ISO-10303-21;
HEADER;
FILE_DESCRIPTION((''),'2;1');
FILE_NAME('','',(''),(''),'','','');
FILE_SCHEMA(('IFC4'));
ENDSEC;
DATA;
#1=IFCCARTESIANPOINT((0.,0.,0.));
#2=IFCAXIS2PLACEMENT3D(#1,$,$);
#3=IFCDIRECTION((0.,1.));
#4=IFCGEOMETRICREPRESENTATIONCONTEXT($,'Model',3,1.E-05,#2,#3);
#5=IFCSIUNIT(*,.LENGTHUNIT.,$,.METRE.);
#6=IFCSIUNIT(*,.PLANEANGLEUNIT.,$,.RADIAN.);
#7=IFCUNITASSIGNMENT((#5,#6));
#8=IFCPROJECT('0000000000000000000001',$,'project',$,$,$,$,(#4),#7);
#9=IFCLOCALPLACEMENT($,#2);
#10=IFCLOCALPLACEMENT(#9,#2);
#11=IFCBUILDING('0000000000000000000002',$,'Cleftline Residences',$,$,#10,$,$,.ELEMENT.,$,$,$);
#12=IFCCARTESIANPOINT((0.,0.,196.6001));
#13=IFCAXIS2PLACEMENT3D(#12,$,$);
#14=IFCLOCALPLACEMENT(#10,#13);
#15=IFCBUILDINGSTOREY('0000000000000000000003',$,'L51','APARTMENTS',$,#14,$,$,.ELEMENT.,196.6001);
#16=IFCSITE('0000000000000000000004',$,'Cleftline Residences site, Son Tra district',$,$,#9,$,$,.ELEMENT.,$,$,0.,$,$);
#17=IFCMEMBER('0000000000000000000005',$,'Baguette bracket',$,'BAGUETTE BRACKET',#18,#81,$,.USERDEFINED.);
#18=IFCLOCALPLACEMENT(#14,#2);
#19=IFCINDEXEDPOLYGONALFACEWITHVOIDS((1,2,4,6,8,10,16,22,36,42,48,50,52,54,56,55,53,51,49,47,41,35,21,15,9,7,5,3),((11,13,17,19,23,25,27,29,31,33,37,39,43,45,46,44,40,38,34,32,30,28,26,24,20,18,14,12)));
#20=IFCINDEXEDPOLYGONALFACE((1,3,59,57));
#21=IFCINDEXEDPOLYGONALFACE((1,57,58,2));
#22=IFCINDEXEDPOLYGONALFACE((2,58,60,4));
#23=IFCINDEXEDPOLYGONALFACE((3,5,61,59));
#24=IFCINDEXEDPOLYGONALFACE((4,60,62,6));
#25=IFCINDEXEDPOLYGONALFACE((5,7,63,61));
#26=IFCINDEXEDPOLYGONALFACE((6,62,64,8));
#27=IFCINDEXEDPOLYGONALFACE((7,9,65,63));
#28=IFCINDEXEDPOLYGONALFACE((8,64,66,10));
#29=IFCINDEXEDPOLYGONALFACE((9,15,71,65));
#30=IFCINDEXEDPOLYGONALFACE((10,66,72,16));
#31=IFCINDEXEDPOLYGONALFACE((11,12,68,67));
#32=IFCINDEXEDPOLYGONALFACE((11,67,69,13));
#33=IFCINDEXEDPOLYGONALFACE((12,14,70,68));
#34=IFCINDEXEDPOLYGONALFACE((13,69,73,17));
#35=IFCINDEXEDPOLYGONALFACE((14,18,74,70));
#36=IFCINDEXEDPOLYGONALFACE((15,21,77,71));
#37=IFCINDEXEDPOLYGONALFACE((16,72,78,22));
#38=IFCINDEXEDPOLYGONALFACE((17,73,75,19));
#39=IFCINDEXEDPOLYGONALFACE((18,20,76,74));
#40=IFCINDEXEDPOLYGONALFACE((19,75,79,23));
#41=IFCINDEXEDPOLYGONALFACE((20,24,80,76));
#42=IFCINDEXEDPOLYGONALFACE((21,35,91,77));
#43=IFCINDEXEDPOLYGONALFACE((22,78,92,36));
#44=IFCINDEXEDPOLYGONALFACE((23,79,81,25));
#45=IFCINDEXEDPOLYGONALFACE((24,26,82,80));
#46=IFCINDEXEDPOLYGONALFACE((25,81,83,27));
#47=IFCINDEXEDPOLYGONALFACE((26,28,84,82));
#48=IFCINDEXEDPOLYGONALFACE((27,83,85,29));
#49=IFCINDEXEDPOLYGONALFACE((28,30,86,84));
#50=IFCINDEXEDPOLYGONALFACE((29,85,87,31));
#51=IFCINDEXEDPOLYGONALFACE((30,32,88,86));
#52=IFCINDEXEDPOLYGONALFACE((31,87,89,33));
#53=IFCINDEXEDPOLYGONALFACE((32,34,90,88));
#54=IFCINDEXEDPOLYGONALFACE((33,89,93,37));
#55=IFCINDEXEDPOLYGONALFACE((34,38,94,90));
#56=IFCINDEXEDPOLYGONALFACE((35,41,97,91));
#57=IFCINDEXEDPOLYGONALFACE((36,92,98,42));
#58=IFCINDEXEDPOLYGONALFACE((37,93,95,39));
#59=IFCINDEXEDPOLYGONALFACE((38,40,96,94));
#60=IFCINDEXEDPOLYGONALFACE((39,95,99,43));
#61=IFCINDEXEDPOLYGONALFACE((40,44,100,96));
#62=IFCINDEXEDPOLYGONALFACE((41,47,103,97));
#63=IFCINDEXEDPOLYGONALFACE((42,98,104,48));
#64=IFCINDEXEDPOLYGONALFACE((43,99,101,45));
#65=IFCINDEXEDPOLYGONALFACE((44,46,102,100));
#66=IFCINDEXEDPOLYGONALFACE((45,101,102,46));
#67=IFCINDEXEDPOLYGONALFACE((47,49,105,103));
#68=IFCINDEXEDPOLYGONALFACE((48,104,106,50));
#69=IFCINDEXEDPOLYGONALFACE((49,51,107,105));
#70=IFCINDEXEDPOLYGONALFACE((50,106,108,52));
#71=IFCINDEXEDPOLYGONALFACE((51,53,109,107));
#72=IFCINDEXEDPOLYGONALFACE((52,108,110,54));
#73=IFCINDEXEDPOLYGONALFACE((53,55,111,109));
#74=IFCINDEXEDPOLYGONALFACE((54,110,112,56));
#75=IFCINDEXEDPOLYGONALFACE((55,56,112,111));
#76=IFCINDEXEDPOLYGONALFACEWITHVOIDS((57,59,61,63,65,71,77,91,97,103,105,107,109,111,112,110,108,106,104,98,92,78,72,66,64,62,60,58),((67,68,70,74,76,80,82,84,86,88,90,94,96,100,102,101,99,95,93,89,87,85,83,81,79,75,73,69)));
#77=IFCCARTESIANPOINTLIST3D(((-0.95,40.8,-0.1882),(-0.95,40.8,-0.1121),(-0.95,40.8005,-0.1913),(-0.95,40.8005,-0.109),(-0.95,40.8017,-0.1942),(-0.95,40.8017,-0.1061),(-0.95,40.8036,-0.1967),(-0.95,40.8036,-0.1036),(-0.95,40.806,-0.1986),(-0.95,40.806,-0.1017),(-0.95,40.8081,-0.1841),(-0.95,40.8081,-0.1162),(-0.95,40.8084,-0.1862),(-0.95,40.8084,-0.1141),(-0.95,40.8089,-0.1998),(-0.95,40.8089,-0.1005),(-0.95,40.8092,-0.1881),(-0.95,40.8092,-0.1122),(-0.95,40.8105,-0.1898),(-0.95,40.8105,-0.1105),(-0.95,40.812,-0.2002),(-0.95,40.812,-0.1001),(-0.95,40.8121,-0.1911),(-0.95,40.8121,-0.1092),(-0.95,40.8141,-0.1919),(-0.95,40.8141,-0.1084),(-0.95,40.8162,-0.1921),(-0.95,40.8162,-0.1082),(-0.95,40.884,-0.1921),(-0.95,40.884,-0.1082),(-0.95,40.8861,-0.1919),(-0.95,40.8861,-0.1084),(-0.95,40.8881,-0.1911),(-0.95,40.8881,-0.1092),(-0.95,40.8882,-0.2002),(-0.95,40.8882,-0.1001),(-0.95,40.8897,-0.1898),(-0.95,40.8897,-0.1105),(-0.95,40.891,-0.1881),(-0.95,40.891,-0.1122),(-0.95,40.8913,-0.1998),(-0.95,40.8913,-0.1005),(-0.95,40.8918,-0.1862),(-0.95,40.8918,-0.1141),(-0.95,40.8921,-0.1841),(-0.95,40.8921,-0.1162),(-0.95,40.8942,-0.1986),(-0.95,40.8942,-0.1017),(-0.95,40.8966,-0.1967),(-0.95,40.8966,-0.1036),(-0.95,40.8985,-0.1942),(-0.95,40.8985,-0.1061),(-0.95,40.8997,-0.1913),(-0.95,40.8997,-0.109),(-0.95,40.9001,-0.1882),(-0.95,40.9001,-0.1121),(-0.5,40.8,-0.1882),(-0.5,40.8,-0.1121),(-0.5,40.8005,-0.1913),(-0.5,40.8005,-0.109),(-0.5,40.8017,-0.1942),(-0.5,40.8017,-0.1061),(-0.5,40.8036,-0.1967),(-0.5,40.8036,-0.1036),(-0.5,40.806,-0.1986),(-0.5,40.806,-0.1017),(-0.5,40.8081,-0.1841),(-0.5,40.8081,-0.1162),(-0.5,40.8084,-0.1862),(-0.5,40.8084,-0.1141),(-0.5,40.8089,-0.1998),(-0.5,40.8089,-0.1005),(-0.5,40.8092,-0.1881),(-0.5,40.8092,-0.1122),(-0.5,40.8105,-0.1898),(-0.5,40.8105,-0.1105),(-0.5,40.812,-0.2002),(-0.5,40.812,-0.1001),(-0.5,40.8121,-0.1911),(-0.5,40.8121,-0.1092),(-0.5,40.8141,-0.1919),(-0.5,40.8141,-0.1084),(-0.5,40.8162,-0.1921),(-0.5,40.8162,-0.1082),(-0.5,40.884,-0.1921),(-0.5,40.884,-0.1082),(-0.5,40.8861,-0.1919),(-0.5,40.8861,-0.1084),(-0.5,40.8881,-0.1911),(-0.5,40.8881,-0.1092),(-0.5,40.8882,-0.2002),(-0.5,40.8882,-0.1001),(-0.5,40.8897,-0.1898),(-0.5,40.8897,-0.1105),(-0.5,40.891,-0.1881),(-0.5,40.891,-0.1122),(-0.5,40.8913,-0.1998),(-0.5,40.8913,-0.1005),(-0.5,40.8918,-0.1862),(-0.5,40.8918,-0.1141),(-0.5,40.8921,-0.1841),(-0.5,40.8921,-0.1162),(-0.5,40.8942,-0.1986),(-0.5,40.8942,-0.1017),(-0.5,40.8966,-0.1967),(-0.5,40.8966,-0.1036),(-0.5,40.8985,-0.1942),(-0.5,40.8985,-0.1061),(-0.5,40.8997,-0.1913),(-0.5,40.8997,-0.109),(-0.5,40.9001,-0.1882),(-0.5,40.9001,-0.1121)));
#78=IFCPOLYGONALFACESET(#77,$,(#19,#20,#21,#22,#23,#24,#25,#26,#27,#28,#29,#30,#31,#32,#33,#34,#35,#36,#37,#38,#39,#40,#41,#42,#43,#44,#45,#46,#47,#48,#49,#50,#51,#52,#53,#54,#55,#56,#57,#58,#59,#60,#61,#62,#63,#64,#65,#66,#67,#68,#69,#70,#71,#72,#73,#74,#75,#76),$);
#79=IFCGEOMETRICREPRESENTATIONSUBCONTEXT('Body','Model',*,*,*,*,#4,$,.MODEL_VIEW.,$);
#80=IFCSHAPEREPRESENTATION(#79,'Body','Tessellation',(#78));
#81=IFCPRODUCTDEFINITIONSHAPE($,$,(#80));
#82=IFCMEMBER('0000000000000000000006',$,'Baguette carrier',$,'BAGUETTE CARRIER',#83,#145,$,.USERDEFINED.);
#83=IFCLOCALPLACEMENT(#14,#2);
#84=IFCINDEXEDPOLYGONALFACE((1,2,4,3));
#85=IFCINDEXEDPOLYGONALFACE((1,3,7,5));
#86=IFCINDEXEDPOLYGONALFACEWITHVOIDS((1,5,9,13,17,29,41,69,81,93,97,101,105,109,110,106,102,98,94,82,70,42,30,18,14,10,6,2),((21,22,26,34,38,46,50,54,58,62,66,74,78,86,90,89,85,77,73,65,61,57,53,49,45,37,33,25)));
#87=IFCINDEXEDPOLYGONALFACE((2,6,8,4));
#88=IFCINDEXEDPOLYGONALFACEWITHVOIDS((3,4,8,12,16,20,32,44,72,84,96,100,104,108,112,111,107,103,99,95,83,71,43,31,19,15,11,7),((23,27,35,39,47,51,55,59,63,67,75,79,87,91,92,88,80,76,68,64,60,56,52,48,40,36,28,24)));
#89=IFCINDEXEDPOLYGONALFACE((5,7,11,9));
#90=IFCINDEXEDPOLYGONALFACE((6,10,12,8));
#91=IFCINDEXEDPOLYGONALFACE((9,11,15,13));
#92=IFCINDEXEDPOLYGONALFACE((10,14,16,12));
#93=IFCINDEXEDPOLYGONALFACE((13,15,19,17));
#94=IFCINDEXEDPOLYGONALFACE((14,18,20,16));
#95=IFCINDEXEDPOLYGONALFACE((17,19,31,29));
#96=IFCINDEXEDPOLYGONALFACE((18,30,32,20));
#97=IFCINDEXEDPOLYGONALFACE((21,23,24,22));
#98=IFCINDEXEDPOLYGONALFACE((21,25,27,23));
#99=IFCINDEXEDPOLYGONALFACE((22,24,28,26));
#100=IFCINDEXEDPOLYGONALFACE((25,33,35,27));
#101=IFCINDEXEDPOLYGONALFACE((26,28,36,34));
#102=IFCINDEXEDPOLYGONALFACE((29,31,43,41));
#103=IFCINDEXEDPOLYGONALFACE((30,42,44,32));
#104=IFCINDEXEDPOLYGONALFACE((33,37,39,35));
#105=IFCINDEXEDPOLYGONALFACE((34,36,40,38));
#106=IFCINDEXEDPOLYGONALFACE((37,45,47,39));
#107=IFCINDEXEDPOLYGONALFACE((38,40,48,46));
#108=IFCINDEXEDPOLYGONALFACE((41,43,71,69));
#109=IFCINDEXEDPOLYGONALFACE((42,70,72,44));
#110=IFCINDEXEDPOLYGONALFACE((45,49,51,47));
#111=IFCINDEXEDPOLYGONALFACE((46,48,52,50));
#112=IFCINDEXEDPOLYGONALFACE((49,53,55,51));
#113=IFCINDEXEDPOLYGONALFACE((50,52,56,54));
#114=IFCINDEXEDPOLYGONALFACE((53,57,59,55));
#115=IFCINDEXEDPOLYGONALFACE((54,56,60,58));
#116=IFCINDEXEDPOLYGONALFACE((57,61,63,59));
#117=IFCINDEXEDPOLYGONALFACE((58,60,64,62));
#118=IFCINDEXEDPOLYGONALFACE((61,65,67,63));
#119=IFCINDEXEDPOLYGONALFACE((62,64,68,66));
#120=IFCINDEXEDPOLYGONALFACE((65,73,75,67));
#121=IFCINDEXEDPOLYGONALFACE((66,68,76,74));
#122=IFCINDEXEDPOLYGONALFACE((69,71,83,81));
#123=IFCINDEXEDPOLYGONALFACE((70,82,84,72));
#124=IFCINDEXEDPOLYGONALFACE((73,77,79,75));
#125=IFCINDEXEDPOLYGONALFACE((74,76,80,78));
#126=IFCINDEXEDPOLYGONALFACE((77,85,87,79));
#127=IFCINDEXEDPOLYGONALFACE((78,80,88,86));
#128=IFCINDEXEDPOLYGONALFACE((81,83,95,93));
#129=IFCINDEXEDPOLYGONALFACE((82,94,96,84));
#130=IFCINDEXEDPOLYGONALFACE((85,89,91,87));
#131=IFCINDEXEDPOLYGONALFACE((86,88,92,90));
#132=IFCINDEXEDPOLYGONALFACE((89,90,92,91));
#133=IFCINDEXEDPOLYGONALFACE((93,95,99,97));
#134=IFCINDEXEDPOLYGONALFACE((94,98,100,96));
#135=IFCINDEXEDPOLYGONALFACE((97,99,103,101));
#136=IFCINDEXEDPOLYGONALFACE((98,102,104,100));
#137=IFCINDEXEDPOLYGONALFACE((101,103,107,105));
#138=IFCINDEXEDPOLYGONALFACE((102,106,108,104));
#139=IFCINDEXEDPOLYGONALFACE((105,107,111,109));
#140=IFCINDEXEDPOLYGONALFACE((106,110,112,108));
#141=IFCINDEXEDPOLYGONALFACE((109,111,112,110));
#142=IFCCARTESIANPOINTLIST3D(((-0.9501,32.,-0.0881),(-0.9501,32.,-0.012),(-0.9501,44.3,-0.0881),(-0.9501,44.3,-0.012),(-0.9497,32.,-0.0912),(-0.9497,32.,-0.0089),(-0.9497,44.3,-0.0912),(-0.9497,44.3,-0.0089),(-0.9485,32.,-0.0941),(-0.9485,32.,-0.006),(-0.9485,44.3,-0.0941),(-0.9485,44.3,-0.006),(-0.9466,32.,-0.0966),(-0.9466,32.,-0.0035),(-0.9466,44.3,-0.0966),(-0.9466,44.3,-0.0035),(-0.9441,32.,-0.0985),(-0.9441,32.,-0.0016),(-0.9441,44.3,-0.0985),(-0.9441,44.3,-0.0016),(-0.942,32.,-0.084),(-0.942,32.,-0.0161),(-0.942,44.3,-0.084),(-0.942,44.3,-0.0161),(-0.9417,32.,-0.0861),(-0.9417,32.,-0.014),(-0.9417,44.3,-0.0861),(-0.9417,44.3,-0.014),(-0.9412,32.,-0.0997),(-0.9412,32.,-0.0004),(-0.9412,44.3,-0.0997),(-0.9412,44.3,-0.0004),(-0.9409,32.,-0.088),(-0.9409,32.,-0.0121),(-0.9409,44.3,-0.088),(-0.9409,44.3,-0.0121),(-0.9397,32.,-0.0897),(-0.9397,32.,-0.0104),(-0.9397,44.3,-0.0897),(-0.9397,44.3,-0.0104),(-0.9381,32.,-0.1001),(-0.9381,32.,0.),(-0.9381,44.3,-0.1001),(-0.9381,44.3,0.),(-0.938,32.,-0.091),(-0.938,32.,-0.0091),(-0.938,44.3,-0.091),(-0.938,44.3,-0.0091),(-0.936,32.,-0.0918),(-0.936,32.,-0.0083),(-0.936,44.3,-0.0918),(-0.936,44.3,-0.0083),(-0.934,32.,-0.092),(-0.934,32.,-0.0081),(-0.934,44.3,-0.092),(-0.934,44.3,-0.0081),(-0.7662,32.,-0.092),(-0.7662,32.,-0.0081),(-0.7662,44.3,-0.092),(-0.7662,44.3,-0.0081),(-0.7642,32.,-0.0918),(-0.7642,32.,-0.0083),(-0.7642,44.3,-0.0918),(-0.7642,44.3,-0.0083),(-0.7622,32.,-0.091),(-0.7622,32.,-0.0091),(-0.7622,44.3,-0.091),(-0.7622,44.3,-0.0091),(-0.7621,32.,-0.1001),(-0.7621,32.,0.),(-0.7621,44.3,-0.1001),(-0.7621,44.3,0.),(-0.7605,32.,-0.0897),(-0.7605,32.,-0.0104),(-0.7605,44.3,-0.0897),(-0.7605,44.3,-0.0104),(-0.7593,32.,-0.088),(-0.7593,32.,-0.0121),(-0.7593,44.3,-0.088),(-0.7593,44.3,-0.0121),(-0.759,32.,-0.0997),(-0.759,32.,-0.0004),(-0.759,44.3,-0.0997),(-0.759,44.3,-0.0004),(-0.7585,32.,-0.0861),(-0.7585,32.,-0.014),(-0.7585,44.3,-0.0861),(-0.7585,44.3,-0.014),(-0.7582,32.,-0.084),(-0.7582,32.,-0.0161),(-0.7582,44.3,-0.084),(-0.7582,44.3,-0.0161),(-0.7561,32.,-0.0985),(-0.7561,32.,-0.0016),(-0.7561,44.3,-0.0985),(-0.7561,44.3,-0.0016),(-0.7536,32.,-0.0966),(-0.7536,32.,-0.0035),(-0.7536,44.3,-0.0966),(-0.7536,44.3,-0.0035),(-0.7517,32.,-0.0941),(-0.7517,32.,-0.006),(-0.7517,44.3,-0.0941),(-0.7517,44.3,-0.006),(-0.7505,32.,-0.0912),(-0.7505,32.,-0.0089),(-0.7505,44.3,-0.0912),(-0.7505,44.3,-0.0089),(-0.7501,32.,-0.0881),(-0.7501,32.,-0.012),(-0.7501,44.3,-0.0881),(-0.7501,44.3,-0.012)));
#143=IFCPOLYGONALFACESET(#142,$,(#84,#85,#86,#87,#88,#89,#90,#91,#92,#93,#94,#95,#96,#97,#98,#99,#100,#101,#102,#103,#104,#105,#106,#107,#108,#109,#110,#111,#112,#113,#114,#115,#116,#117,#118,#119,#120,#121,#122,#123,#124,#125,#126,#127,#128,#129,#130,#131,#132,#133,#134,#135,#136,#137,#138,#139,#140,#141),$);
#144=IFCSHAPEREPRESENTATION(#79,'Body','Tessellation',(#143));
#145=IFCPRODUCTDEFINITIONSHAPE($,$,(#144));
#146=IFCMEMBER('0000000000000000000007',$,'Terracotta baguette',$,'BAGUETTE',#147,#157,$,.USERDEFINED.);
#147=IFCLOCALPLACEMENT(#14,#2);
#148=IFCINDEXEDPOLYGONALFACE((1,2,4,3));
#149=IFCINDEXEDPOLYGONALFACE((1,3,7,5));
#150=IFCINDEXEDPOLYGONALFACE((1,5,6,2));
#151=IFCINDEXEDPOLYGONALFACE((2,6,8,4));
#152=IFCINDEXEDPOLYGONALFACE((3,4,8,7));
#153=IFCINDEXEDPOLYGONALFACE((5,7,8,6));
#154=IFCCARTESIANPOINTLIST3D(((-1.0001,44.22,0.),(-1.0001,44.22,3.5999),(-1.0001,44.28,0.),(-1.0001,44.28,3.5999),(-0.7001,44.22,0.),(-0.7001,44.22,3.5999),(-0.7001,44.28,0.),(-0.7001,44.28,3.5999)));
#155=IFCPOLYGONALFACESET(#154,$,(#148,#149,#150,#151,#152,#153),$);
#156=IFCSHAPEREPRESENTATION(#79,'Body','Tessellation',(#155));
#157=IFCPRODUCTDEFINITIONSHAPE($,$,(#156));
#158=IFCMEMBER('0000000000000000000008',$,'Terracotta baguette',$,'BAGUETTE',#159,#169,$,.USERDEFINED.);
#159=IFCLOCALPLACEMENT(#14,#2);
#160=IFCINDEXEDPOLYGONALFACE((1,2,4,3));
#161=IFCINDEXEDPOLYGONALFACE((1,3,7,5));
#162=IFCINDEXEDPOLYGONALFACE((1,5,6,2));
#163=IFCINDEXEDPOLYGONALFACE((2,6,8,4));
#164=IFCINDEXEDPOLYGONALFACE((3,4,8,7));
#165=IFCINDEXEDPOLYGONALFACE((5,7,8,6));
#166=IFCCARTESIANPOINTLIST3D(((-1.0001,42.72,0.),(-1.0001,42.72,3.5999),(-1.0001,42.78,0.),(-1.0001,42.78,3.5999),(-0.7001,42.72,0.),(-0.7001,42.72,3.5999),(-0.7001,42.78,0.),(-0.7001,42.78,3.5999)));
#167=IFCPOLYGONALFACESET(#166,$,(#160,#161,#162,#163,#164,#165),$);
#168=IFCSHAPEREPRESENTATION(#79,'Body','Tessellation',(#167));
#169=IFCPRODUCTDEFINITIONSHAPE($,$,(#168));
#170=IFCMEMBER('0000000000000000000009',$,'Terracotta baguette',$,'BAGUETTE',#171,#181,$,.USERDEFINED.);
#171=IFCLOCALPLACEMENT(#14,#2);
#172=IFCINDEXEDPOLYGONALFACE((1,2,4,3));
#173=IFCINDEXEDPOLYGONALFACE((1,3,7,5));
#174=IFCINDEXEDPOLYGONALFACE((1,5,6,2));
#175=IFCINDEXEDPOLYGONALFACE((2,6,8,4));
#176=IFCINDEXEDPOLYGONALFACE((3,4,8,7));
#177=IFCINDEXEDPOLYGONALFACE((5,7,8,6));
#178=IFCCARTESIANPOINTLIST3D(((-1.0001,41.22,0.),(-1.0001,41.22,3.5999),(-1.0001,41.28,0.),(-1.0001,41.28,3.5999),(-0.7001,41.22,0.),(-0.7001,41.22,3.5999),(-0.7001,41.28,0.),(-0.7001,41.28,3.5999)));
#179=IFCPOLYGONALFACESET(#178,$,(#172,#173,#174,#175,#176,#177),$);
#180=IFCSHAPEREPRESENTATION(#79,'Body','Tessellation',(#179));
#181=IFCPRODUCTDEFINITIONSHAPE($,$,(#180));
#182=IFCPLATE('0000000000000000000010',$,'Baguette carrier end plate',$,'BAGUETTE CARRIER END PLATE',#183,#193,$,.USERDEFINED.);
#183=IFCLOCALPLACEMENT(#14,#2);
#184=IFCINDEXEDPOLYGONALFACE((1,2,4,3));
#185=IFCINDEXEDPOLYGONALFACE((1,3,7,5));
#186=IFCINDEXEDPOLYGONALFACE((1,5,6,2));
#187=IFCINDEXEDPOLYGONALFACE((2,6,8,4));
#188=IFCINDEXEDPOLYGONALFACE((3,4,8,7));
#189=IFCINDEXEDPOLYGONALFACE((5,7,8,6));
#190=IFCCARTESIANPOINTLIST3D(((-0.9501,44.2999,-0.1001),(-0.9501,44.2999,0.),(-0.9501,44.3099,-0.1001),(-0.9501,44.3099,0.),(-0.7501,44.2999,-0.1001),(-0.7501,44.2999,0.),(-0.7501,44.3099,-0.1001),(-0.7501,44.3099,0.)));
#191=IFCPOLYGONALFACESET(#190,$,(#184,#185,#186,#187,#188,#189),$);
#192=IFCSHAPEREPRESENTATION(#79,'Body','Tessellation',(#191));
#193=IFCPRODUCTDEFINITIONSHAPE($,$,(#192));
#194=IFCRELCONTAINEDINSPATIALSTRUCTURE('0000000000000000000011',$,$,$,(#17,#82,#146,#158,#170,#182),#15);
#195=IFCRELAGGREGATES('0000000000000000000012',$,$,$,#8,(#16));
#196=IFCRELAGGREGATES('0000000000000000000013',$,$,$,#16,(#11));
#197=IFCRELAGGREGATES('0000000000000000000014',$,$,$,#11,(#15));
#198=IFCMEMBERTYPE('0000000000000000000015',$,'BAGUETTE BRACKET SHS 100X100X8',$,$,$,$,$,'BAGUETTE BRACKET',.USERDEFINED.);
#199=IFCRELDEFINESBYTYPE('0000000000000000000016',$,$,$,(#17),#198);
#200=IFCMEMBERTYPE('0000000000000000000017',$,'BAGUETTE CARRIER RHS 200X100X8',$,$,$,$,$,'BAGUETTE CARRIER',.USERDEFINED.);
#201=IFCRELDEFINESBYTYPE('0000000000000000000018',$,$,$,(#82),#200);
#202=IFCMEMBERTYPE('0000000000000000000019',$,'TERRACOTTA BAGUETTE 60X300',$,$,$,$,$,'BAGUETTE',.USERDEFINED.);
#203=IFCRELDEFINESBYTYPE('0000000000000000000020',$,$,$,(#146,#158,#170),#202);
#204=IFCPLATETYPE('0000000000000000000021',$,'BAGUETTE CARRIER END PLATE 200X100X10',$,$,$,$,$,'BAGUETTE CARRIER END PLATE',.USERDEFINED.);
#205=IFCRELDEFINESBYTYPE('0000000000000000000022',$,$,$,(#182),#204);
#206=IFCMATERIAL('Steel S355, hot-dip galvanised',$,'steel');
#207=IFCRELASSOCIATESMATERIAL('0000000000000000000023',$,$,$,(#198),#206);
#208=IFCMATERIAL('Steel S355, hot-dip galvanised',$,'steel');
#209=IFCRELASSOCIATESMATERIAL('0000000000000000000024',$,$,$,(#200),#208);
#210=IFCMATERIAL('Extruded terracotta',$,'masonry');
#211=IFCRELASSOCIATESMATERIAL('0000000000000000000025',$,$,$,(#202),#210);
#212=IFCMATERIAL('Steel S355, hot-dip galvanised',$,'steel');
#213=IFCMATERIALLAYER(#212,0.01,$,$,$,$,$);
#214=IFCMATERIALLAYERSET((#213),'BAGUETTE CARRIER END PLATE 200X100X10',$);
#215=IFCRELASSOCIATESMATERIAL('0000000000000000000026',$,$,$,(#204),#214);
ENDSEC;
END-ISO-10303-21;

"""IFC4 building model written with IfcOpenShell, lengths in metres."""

from ifc_helpers import new_model, si_unit, direction, frame, origin, origin_2d, place, context, subcontext, project, spatial, rectangle, hollow_rectangle, extrude, material, layer, layer_set, material_profile, profile_set, type_object, element, save


model = new_model("IFC4")

# Units and contexts
model_context = context("Model", 3, precision=1e-05, world=origin(), true_north=direction((0.0, 1.0)))
body_context = subcontext(model_context, "Body", "Model", "MODEL_VIEW")
ifc_project = project(units=[si_unit("LENGTHUNIT", "METRE"), si_unit("PLANEANGLEUNIT", "RADIAN")], contexts=[model_context])

# Site, building, storey
site_placement = place(None, origin())
site = spatial("IfcSite", under=ifc_project, at=site_placement, Name="Cleftline Residences site, Son Tra district", CompositionType="ELEMENT", RefElevation=0.0)
building_placement = place(site_placement, origin())
building = spatial("IfcBuilding", under=site, at=building_placement, Name="Cleftline Residences", CompositionType="ELEMENT")
storey_placement = place(building_placement, frame((0.0, 0.0, 196.6001)))
storey = spatial("IfcBuildingStorey", under=building, at=storey_placement, Name="L51", Description="APARTMENTS", CompositionType="ELEMENT", Elevation=196.6001)

# Members
ifc_material_1 = material(Name="Steel S355, hot-dip galvanised", Category="steel")
ifc_material_profile_1 = material_profile(ifc_material_1, hollow_rectangle(XDim=0.1001, YDim=0.1001, WallThickness=0.0081, InnerFilletRadius=0.0081, OuterFilletRadius=0.012, at=origin_2d()))
ifc_profile_set_1 = profile_set([ifc_material_profile_1], Name="Steel S355, hot-dip galvanised")
member_type_1 = type_object("IfcMemberType", Name="BAGUETTE BRACKET SHS 100X100X8", ElementType="BAGUETTE BRACKET", PredefinedType="USERDEFINED", material=ifc_profile_set_1)
member_1_placement = place(storey_placement, frame((-0.5, 40.8501, -0.1501), z_axis=(-1.0, 0.0, 0.0), x_axis=(0.0, -1.0, 0.0)))
element("IfcMember", 1, at=member_1_placement, inside=storey, type_object=member_type_1, Name="Baguette bracket", ObjectType="BAGUETTE BRACKET", PredefinedType="USERDEFINED", context=body_context, shape_type="SweptSolid", body=[
    extrude(hollow_rectangle(XDim=0.1001, YDim=0.1001, WallThickness=0.0081, InnerFilletRadius=0.0081, OuterFilletRadius=0.012, at=origin_2d()), origin(), (0.0, 0.0, 1.0), 0.45),
])
ifc_material_2 = material(Name="Steel S355, hot-dip galvanised", Category="steel")
ifc_material_profile_2 = material_profile(ifc_material_2, hollow_rectangle(XDim=0.1001, YDim=0.2, WallThickness=0.0081, InnerFilletRadius=0.0081, OuterFilletRadius=0.012, at=origin_2d()))
ifc_profile_set_2 = profile_set([ifc_material_profile_2], Name="Steel S355, hot-dip galvanised")
member_type_2 = type_object("IfcMemberType", Name="BAGUETTE CARRIER RHS 200X100X8", ElementType="BAGUETTE CARRIER", PredefinedType="USERDEFINED", material=ifc_profile_set_2)
member_2_placement = place(storey_placement, frame((-0.8501, 44.3, -0.05), z_axis=(0.0, -1.0, 0.0), x_axis=(0.0, 0.0, 1.0)))
element("IfcMember", 2, at=member_2_placement, inside=storey, type_object=member_type_2, Name="Baguette carrier", ObjectType="BAGUETTE CARRIER", PredefinedType="USERDEFINED", context=body_context, shape_type="SweptSolid", body=[
    extrude(hollow_rectangle(XDim=0.1001, YDim=0.2, WallThickness=0.0081, InnerFilletRadius=0.0081, OuterFilletRadius=0.012, at=origin_2d()), origin(), (0.0, 0.0, 1.0), 12.3),
])
ifc_material_3 = material(Name="Extruded terracotta", Category="masonry")
ifc_material_profile_3 = material_profile(ifc_material_3, rectangle(XDim=0.0601, YDim=0.3, at=origin_2d()))
ifc_profile_set_3 = profile_set([ifc_material_profile_3], Name="Extruded terracotta")
member_type_3 = type_object("IfcMemberType", Name="TERRACOTTA BAGUETTE 60X300", ElementType="BAGUETTE", PredefinedType="USERDEFINED", material=ifc_profile_set_3)
for number, where, z_axis, x_axis, name in (
    (3, (-0.8501, 44.25, 0.0), (0.0, 0.0, 1.0), (0.0, 1.0, 0.0), "Terracotta baguette"),
    (4, (-0.8501, 42.75, 0.0), (0.0, 0.0, 1.0), (0.0, 1.0, 0.0), "Terracotta baguette"),
    (5, (-0.8501, 41.25, 0.0), (0.0, 0.0, 1.0), (0.0, 1.0, 0.0), "Terracotta baguette"),
):
    element("IfcMember", number, at=place(storey_placement, frame(where, z_axis=z_axis, x_axis=x_axis)), inside=storey, type_object=member_type_3, Name=name, ObjectType="BAGUETTE", PredefinedType="USERDEFINED", context=body_context, shape_type="SweptSolid", body=[
        extrude(rectangle(XDim=0.0601, YDim=0.3, at=origin_2d()), origin(), (0.0, 0.0, 1.0), 3.5999),
    ])

# Plate
ifc_material_4 = material(Name="Steel S355, hot-dip galvanised", Category="steel")
ifc_layer_1 = layer(ifc_material_4, 0.01)
ifc_layer_set_1 = layer_set([ifc_layer_1], Name="BAGUETTE CARRIER END PLATE 200X100X10")
plate_type = type_object("IfcPlateType", Name="BAGUETTE CARRIER END PLATE 200X100X10", ElementType="BAGUETTE CARRIER END PLATE", PredefinedType="USERDEFINED", material=ifc_layer_set_1)
plate_placement = place(storey_placement, frame((-0.8501, 44.3049, -0.1001), z_axis=(0.0, 0.0, 1.0), x_axis=(-1.0, 0.0, 0.0)))
element("IfcPlate", 6, at=plate_placement, inside=storey, type_object=plate_type, Name="Baguette carrier end plate", ObjectType="BAGUETTE CARRIER END PLATE", PredefinedType="USERDEFINED", context=body_context, shape_type="SweptSolid", body=[
    extrude(rectangle(XDim=0.2, YDim=0.01, at=origin_2d()), origin(), (0.0, 0.0, 1.0), 0.1001),
])

save(model, "model.ifc")
